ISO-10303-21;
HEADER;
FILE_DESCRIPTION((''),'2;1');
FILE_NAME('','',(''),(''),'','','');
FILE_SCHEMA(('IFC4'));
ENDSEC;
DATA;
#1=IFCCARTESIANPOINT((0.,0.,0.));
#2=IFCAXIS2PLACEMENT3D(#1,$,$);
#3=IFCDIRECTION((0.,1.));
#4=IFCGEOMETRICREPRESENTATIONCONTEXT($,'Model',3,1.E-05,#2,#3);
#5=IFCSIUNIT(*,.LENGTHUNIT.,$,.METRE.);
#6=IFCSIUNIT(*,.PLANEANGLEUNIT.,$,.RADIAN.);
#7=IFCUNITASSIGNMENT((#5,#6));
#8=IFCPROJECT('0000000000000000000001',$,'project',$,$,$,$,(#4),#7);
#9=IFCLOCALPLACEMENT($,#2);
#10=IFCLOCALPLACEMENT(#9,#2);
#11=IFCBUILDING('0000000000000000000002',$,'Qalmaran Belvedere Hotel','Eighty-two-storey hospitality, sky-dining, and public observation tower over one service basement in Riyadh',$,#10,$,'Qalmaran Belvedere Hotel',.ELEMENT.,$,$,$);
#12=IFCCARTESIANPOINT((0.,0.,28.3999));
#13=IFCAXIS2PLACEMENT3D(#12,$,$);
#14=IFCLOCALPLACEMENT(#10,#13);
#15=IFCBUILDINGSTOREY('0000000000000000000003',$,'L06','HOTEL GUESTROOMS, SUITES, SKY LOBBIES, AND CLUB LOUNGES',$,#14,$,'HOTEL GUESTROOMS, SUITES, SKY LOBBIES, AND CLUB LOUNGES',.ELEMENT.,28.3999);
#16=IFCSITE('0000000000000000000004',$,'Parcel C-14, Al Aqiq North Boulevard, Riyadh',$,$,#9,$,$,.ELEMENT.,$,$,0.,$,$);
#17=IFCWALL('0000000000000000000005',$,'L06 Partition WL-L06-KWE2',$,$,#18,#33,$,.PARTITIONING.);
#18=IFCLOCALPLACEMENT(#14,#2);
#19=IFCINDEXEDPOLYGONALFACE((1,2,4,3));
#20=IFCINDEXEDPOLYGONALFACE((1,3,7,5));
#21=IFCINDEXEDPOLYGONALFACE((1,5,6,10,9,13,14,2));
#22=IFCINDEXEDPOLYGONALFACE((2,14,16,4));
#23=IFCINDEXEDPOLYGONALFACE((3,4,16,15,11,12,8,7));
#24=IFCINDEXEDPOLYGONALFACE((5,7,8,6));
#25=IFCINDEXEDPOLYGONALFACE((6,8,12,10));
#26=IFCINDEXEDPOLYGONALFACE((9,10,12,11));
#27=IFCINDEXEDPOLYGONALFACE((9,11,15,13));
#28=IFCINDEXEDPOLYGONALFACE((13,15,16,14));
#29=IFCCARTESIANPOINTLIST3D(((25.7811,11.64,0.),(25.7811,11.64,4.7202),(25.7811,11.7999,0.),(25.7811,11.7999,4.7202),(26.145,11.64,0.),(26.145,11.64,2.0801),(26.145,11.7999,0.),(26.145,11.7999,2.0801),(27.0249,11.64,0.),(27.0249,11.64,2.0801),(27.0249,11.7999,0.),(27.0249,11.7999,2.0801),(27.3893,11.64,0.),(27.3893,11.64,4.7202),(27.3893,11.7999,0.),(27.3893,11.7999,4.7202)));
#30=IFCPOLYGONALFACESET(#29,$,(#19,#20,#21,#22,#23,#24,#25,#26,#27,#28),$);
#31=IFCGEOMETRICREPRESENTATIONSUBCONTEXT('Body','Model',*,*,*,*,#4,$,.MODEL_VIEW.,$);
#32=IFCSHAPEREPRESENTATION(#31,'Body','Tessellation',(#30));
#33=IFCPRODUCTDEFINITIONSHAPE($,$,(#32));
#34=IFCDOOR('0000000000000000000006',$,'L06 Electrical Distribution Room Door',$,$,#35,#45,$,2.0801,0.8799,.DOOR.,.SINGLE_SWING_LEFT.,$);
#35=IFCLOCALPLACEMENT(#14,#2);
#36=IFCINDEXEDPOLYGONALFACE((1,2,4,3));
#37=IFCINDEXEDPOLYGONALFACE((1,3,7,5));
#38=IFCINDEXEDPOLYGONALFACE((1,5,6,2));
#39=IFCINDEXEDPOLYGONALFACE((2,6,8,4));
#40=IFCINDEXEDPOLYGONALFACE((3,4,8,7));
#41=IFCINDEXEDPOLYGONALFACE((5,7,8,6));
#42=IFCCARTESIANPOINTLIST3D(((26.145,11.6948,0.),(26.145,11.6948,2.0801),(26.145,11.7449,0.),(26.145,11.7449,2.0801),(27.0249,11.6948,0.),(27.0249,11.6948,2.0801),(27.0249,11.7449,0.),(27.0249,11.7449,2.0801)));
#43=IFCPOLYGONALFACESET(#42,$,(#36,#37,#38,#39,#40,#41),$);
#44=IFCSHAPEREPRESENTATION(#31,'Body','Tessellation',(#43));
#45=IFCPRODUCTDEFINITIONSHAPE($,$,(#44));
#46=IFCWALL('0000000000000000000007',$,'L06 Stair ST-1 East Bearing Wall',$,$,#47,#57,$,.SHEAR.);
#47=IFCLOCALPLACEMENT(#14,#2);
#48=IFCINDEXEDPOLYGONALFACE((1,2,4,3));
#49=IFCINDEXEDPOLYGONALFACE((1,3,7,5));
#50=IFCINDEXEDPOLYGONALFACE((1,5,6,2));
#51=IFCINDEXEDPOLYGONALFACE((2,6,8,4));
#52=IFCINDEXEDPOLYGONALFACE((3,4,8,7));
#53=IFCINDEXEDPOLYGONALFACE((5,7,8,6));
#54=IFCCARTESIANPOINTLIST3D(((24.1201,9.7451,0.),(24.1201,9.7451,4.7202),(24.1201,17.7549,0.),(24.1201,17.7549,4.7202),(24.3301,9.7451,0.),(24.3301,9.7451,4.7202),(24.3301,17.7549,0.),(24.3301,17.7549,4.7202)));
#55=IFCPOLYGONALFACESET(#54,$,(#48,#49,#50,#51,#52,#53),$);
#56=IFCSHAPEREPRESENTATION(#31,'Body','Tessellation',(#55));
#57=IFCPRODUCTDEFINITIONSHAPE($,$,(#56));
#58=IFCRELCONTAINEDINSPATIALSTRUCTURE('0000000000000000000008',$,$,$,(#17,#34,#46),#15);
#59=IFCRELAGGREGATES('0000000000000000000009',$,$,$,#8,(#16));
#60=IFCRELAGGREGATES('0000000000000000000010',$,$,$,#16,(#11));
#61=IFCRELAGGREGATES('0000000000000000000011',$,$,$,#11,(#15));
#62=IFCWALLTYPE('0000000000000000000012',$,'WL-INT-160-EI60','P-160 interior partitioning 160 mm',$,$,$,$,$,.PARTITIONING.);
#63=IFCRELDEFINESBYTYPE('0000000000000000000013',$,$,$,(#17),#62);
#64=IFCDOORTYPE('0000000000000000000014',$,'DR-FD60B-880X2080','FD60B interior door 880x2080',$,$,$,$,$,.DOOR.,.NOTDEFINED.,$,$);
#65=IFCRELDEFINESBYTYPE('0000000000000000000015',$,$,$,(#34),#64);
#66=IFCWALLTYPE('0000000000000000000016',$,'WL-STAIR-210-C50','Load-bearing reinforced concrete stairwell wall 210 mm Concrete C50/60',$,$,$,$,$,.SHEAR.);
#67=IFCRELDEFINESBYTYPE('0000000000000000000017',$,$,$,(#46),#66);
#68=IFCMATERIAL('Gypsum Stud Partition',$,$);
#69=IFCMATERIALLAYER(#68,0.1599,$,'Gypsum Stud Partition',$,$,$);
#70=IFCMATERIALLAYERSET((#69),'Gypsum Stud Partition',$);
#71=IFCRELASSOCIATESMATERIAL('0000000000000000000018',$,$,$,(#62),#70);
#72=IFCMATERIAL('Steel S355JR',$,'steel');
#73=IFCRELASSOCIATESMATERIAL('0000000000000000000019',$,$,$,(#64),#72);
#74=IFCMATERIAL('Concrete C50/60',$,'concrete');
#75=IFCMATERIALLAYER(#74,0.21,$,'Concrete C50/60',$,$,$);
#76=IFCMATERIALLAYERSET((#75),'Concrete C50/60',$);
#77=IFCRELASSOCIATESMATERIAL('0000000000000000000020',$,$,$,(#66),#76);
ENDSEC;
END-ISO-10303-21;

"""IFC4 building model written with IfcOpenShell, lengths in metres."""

from ifc_helpers import new_model, si_unit, direction, frame, frame_2d, origin, place, context, subcontext, project, spatial, rectangle, extrude, material, layer, layer_set, type_object, element, fill, save


model = new_model("IFC4")

# Units and contexts
model_context = context("Model", 3, precision=1e-05, world=origin(), true_north=direction((0.0, 1.0)))
body_context = subcontext(model_context, "Body", "Model", "MODEL_VIEW")
ifc_project = project(units=[si_unit("LENGTHUNIT", "METRE"), si_unit("PLANEANGLEUNIT", "RADIAN")], contexts=[model_context])

# Site, building, storey
site_placement = place(None, origin())
site = spatial("IfcSite", under=ifc_project, at=site_placement, Name="Parcel C-14, Al Aqiq North Boulevard, Riyadh", CompositionType="ELEMENT", RefElevation=0.0)
building_placement = place(site_placement, origin())
building = spatial("IfcBuilding", under=site, at=building_placement, Name="Qalmaran Belvedere Hotel", Description="Eighty-two-storey hospitality, sky-dining, and public observation tower over one service basement in Riyadh", LongName="Qalmaran Belvedere Hotel", CompositionType="ELEMENT")
storey_placement = place(building_placement, frame((0.0, 0.0, 28.3999)))
storey = spatial("IfcBuildingStorey", under=building, at=storey_placement, Name="L06", Description="HOTEL GUESTROOMS, SUITES, SKY LOBBIES, AND CLUB LOUNGES", LongName="HOTEL GUESTROOMS, SUITES, SKY LOBBIES, AND CLUB LOUNGES", CompositionType="ELEMENT", Elevation=28.3999)

# Shared definitions
ifc_material_1 = material(Name="Steel S355JR", Category="steel")

# Shared definitions
ifc_material_2 = material(Name="Gypsum Stud Partition")

# Wall, opening, door
ifc_layer_1 = layer(ifc_material_2, 0.1599, Name="Gypsum Stud Partition")
ifc_layer_set_1 = layer_set([ifc_layer_1], Name="Gypsum Stud Partition")
wall_type_1 = type_object("IfcWallType", Name="WL-INT-160-EI60", Description="P-160 interior partitioning 160 mm", PredefinedType="PARTITIONING", material=ifc_layer_set_1)
door_type_1 = type_object("IfcDoorType", Name="DR-FD60B-880X2080", Description="FD60B interior door 880x2080", OperationType="NOTDEFINED", PredefinedType="DOOR", material=ifc_material_1)
wall_1_placement = place(storey_placement, frame((25.781, 11.72, 0.0), z_axis=(0.0, 0.0, 1.0), x_axis=(1.0, 0.0, 0.0)))
wall_1 = element("IfcWall", 1, at=wall_1_placement, inside=storey, type_object=wall_type_1, Name="L06 Partition WL-L06-KWE2", PredefinedType="PARTITIONING", context=body_context, shape_type="SweptSolid", body=[
    extrude(rectangle(XDim=1.6082, YDim=0.1599, at=frame_2d((0.8042, 0.0))), origin(), (0.0, 0.0, 1.0), 4.7202),
])
opening_1_placement = place(wall_1_placement, frame((0.364, 0.0, 0.0)))
opening_1 = element("IfcOpeningElement", 2, at=opening_1_placement, cuts=wall_1, PredefinedType="OPENING", context=body_context, shape_type="SweptSolid", body=[
    extrude(rectangle(XDim=0.8799, YDim=2.0801, at=frame_2d((0.4399, 1.04))), frame((0.0, 0.0898, 0.0), z_axis=(0.0, -1.0, 0.0), x_axis=(1.0, 0.0, 0.0)), (0.0, 0.0, 1.0), 0.1799),
])
door_1_placement = place(opening_1_placement, origin())
door_1 = element("IfcDoor", 3, at=door_1_placement, inside=storey, type_object=door_type_1, Name="L06 Electrical Distribution Room Door", OperationType="SINGLE_SWING_LEFT", OverallHeight=2.0801, OverallWidth=0.8799, PredefinedType="DOOR", context=body_context, shape_type="SweptSolid", body=[
    extrude(rectangle(XDim=0.8799, YDim=2.0801, at=frame_2d((0.4399, 1.04))), frame((0.0, 0.0249, 0.0), z_axis=(0.0, -1.0, 0.0), x_axis=(1.0, 0.0, 0.0)), (0.0, 0.0, 1.0), 0.05),
])
fill(opening_1, door_1)

# Wall
ifc_material_3 = material(Name="Concrete C50/60", Category="concrete")
ifc_layer_2 = layer(ifc_material_3, 0.21, Name="Concrete C50/60")
ifc_layer_set_2 = layer_set([ifc_layer_2], Name="Concrete C50/60")
wall_type_2 = type_object("IfcWallType", Name="WL-STAIR-210-C50", Description="Load-bearing reinforced concrete stairwell wall 210 mm Concrete C50/60", PredefinedType="SHEAR", material=ifc_layer_set_2)
wall_2_placement = place(storey_placement, frame((24.2251, 9.7451, 0.0), z_axis=(0.0, 0.0, 1.0), x_axis=(0.0, 1.0, 0.0)))
element("IfcWall", 4, at=wall_2_placement, inside=storey, type_object=wall_type_2, Name="L06 Stair ST-1 East Bearing Wall", PredefinedType="SHEAR", context=body_context, shape_type="SweptSolid", body=[
    extrude(rectangle(XDim=8.0098, YDim=0.21, at=frame_2d((4.0049, 0.0))), origin(), (0.0, 0.0, 1.0), 4.7202),
])

save(model, "model.ifc")
